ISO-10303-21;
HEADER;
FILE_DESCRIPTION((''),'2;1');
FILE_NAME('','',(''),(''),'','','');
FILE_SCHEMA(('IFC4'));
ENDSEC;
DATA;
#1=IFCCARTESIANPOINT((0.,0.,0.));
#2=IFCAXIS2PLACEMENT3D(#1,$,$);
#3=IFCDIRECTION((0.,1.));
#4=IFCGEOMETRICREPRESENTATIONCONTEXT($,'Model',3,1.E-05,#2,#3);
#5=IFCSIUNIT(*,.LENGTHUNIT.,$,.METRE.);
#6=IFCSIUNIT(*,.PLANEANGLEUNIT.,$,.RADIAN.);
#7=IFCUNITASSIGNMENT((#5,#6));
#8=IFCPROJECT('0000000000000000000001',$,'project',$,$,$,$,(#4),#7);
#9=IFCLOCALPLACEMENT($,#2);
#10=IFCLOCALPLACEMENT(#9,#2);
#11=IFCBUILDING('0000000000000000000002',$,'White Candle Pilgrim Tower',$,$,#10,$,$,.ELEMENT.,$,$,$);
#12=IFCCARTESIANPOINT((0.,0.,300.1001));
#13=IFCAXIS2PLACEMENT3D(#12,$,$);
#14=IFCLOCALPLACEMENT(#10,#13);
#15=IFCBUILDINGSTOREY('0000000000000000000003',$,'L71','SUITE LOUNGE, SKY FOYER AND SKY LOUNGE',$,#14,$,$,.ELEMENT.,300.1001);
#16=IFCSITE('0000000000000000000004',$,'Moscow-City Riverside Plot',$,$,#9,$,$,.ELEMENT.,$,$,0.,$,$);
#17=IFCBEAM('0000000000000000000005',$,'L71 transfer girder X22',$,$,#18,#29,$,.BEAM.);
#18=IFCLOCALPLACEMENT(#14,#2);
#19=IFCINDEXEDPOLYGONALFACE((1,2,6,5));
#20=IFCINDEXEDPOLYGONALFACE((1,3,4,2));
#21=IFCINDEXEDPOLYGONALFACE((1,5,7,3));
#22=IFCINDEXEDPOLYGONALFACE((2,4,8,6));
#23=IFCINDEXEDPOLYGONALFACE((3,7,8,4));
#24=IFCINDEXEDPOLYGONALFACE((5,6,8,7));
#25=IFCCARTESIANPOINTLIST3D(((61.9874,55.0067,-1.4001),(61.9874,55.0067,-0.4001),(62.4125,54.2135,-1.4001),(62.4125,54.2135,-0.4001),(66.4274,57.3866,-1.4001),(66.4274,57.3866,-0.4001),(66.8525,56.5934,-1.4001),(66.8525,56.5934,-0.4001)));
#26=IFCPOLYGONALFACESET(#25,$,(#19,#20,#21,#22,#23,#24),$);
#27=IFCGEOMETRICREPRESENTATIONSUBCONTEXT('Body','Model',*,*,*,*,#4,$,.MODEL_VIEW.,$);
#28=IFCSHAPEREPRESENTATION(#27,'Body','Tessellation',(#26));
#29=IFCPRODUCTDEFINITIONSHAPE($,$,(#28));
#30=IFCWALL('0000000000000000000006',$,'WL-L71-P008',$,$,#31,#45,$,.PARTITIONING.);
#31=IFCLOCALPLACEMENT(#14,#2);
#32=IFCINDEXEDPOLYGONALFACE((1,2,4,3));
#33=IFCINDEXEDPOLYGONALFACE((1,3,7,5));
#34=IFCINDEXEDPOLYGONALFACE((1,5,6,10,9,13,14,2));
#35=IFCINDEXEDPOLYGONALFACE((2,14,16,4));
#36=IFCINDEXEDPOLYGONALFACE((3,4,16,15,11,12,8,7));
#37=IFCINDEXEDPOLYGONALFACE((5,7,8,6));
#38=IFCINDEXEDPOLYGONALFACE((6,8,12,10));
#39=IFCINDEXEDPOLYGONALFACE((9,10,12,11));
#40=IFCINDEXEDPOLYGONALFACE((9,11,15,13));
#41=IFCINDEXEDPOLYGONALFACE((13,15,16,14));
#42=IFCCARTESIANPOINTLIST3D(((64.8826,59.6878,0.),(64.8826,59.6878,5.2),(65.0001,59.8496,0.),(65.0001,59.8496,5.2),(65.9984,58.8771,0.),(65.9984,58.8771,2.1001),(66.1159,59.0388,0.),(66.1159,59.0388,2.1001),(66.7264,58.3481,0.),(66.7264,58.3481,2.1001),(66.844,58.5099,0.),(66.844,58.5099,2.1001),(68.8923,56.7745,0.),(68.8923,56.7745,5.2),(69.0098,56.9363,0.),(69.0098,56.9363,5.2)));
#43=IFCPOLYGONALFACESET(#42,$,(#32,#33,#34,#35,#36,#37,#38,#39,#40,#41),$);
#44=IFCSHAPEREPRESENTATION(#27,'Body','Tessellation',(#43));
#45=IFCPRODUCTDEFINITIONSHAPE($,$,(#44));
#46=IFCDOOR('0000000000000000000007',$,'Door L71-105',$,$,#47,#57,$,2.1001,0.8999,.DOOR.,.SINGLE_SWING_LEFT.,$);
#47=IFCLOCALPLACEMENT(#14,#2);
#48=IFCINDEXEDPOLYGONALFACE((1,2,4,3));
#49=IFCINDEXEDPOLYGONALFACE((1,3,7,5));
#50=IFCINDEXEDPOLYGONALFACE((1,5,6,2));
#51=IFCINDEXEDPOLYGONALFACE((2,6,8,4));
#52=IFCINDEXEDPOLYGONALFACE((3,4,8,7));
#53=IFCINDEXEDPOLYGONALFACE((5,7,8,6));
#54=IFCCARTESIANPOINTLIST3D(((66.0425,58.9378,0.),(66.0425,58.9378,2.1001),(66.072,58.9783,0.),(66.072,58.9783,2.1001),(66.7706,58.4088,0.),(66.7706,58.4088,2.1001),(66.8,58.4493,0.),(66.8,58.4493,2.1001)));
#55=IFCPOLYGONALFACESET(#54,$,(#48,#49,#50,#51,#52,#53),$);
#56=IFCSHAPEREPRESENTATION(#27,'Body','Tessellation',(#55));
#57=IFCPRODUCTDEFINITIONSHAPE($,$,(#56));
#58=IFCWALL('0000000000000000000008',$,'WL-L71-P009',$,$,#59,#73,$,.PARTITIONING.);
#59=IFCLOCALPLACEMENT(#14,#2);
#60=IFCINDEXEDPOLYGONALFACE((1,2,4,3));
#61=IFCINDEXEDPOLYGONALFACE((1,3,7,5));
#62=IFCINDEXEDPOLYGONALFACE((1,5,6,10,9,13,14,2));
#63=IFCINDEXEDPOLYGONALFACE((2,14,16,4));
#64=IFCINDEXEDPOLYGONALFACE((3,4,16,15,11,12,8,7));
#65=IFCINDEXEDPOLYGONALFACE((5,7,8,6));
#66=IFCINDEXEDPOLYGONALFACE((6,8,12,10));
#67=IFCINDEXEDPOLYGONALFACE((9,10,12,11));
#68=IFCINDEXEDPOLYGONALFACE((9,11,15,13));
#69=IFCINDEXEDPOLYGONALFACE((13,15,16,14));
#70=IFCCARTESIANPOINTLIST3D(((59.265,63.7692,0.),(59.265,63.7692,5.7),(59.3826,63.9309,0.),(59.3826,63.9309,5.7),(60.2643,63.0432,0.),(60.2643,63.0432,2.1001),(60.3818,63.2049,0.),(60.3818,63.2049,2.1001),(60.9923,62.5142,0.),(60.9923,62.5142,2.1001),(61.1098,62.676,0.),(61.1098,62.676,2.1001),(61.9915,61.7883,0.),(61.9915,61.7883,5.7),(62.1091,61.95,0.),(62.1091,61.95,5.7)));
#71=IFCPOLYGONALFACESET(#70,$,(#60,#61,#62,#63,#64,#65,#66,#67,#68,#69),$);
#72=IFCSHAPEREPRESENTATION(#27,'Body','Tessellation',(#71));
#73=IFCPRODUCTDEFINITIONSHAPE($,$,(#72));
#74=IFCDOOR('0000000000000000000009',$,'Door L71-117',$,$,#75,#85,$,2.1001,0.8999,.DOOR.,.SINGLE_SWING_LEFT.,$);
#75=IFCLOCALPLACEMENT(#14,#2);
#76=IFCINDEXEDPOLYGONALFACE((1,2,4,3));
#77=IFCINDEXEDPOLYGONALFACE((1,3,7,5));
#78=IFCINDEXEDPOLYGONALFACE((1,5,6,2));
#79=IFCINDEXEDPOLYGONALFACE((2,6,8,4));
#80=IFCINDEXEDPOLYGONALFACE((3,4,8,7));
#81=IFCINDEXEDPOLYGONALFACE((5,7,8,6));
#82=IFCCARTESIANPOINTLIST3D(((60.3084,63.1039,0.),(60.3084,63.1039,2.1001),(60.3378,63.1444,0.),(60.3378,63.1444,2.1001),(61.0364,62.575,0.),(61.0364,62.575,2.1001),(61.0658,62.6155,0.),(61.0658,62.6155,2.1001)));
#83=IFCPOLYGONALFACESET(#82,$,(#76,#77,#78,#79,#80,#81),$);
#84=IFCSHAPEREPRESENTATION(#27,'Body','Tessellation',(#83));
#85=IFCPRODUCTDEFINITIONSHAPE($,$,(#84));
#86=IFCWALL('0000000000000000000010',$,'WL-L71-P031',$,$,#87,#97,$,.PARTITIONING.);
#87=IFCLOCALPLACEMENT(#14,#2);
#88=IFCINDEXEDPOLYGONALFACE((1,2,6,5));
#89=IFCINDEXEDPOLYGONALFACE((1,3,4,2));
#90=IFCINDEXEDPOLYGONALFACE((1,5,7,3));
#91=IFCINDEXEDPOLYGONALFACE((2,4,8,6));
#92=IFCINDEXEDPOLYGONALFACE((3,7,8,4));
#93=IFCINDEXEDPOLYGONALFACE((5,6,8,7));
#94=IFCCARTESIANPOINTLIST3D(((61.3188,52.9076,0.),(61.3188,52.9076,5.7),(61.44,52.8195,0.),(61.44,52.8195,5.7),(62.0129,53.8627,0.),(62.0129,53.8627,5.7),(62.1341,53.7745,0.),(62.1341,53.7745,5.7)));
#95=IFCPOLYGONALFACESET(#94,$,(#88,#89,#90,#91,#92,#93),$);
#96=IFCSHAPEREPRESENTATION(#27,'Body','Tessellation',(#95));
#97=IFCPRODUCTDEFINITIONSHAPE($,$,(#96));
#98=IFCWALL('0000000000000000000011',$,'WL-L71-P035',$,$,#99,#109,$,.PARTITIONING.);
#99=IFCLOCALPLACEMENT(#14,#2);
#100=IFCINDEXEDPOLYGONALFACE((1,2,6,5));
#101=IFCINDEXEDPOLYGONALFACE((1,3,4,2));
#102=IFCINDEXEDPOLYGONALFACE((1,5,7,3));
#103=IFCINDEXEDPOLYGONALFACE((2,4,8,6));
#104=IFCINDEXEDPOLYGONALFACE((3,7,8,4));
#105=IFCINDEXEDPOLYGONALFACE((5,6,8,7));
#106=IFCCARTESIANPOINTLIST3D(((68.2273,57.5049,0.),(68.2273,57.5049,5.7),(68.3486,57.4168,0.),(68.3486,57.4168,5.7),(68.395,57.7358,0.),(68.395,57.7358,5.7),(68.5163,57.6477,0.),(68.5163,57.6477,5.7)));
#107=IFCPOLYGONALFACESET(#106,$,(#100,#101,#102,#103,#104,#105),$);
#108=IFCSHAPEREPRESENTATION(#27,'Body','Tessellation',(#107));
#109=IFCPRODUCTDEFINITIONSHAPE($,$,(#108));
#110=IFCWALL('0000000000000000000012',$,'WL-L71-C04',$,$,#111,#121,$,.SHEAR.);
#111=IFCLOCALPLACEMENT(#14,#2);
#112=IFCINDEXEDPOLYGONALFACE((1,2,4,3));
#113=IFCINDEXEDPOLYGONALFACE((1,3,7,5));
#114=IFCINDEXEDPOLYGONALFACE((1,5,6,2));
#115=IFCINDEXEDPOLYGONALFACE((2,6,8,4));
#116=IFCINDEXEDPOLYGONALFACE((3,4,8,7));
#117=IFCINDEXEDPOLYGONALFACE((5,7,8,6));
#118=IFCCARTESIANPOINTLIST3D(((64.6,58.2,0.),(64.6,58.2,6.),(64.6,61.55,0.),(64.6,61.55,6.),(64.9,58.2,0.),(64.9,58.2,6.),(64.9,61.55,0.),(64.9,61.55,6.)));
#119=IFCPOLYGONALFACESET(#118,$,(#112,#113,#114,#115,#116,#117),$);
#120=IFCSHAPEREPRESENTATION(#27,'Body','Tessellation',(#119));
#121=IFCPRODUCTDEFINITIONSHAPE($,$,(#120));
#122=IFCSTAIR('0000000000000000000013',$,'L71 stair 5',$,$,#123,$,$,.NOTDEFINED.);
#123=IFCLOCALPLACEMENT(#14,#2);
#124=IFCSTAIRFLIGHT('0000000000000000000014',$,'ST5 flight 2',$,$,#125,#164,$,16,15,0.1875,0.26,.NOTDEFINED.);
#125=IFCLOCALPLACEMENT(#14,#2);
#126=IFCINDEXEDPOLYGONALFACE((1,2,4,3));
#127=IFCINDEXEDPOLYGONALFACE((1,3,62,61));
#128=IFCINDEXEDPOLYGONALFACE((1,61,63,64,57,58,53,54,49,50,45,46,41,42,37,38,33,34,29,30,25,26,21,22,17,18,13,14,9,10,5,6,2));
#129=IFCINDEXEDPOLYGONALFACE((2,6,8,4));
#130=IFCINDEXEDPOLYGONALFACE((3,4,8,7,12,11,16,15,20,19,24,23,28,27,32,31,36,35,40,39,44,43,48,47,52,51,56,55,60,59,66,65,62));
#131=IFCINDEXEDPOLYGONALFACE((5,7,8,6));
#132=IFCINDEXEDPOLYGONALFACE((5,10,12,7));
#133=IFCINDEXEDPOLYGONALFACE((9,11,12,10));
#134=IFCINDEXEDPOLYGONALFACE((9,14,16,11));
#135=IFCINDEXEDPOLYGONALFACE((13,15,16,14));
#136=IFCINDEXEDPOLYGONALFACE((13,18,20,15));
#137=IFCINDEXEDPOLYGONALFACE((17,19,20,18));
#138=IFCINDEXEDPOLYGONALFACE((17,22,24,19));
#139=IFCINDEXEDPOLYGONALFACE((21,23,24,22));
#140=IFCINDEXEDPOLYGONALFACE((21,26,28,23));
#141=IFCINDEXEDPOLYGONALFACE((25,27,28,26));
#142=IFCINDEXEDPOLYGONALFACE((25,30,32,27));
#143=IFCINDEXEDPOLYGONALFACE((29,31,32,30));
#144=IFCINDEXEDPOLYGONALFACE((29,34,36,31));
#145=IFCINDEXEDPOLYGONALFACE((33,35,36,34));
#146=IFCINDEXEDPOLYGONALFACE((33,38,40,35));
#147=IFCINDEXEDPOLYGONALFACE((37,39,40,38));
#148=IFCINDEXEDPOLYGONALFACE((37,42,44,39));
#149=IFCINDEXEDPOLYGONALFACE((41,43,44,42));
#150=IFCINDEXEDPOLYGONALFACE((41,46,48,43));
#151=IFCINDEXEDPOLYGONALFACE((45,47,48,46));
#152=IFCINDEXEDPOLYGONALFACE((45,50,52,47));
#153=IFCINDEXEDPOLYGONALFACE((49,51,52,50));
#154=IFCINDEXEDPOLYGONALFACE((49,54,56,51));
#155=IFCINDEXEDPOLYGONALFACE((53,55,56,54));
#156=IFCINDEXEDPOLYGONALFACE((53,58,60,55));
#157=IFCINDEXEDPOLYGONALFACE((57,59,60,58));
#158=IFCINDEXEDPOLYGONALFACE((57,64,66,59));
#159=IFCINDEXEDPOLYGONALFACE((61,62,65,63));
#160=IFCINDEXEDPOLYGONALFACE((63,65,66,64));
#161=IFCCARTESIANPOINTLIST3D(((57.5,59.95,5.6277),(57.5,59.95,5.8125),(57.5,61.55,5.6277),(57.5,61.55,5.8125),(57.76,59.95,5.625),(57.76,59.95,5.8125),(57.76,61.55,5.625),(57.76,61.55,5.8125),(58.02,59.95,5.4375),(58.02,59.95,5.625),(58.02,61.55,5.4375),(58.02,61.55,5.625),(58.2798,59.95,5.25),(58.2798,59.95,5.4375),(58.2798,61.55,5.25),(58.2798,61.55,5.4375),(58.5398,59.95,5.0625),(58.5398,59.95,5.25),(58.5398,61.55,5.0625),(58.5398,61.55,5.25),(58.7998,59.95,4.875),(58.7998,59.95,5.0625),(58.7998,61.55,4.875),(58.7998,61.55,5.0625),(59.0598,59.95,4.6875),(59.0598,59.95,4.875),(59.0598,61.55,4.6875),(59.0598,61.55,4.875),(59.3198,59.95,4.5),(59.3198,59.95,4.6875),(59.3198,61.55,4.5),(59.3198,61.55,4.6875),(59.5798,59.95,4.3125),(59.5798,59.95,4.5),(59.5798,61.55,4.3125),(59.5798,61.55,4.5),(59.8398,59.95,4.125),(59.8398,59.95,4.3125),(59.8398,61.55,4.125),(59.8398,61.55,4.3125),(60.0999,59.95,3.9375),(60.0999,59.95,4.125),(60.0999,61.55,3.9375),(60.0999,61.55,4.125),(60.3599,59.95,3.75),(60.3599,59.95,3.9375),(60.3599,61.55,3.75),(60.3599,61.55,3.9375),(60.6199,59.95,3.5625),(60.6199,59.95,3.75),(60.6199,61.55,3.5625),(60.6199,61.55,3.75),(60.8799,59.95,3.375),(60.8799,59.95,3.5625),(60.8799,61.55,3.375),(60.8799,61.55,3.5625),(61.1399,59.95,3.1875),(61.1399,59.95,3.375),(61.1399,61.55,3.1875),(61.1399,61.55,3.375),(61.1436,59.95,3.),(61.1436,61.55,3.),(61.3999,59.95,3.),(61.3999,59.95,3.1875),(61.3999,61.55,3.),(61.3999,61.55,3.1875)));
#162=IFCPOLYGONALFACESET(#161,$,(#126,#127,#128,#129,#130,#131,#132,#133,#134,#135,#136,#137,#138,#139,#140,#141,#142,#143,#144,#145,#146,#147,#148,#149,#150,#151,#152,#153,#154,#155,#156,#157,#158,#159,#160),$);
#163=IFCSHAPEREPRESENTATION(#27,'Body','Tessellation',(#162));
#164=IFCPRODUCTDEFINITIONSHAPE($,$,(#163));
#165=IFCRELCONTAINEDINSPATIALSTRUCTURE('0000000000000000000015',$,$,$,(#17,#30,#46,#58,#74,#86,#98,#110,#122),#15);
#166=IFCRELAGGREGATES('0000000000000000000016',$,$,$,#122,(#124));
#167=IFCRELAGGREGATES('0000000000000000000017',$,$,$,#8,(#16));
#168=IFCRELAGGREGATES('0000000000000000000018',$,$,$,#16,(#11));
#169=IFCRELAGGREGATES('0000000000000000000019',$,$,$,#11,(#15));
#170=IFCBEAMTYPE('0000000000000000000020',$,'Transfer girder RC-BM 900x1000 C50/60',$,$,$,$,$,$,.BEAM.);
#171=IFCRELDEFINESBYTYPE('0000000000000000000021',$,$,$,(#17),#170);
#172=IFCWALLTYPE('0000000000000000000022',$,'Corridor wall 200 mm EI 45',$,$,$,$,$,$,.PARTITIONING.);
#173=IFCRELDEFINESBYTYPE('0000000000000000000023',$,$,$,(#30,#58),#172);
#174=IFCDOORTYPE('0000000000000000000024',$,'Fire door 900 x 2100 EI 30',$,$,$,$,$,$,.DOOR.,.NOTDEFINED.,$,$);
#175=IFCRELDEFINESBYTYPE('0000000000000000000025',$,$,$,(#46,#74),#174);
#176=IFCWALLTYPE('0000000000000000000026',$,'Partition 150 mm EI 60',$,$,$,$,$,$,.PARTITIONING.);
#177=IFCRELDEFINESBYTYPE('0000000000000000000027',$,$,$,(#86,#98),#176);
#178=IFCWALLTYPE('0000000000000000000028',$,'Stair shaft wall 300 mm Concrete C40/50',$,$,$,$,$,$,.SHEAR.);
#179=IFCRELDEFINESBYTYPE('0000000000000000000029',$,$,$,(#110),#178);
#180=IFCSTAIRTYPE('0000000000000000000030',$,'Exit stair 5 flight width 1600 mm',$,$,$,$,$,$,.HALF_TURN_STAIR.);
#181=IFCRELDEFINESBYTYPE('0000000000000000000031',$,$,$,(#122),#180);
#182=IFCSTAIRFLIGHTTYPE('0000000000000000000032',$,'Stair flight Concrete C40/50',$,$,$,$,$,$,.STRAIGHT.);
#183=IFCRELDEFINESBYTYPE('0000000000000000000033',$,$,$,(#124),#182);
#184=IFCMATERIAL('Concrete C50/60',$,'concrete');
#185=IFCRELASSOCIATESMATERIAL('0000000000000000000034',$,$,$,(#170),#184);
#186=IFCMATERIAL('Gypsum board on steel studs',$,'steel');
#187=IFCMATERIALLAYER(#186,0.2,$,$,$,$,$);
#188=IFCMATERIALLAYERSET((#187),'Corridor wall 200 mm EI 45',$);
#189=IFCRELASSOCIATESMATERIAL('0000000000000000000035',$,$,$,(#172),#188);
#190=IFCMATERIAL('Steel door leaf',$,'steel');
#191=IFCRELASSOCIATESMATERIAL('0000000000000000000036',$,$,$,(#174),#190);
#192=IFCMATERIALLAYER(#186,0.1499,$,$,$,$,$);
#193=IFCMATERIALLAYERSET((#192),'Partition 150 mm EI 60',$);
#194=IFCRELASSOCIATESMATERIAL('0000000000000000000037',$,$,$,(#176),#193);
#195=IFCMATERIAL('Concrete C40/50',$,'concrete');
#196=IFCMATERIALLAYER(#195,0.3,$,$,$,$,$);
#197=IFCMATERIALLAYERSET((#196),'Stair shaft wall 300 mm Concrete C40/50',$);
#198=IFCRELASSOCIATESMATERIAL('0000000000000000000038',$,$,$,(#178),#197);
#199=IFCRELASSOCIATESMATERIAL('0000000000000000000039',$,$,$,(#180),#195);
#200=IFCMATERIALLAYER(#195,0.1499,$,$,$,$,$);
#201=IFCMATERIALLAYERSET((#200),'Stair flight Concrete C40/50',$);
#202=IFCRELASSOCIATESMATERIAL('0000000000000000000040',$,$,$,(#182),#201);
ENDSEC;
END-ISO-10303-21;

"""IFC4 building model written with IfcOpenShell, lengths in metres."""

from ifc_helpers import new_model, si_unit, direction, frame, frame_2d, origin, origin_2d, place, context, subcontext, project, spatial, polyline, rectangle, outline, extrude, material, layer, layer_set, material_profile, profile_set, type_object, element, fill, aggregate, save


model = new_model("IFC4")

# Units and contexts
model_context = context("Model", 3, precision=1e-05, world=origin(), true_north=direction((0.0, 1.0)))
body_context = subcontext(model_context, "Body", "Model", "MODEL_VIEW")
ifc_project = project(units=[si_unit("LENGTHUNIT", "METRE"), si_unit("PLANEANGLEUNIT", "RADIAN")], contexts=[model_context])

# Site, building, storey
site_placement = place(None, origin())
site = spatial("IfcSite", under=ifc_project, at=site_placement, Name="Moscow-City Riverside Plot", CompositionType="ELEMENT", RefElevation=0.0)
building_placement = place(site_placement, origin())
building = spatial("IfcBuilding", under=site, at=building_placement, Name="White Candle Pilgrim Tower", CompositionType="ELEMENT")
storey_placement = place(building_placement, frame((0.0, 0.0, 300.1001)))
storey = spatial("IfcBuildingStorey", under=building, at=storey_placement, Name="L71", Description="SUITE LOUNGE, SKY FOYER AND SKY LOUNGE", CompositionType="ELEMENT", Elevation=300.1001)

# Beam
ifc_material_1 = material(Name="Concrete C50/60", Category="concrete")
ifc_material_profile_1 = material_profile(ifc_material_1, rectangle(XDim=0.8999, YDim=1.0, at=origin_2d()), Name="RC-BM 900x1000")
ifc_profile_set_1 = profile_set([ifc_material_profile_1], Name="Concrete C50/60")
beam_type_1 = type_object("IfcBeamType", Name="Transfer girder RC-BM 900x1000 C50/60", PredefinedType="BEAM", material=ifc_profile_set_1)
beam_1_placement = place(storey_placement, frame((62.2, 54.6101, -0.9001), z_axis=(0.881369, 0.472429, 0.0), x_axis=(-0.472429, 0.881369, 0.0)))
element("IfcBeam", 1, at=beam_1_placement, inside=storey, type_object=beam_type_1, Name="L71 transfer girder X22", PredefinedType="BEAM", context=body_context, shape_type="SweptSolid", body=[
    extrude(rectangle(XDim=0.8999, YDim=1.0, at=origin_2d()), origin(), (0.0, 0.0, 1.0), 5.0376),
])

# Walls, openings, doors
ifc_material_2 = material(Name="Gypsum board on steel studs", Category="steel")
ifc_layer_1 = layer(ifc_material_2, 0.2)
ifc_layer_set_1 = layer_set([ifc_layer_1], Name="Corridor wall 200 mm EI 45")
wall_type_1 = type_object("IfcWallType", Name="Corridor wall 200 mm EI 45", PredefinedType="PARTITIONING", material=ifc_layer_set_1)
wall_1_placement = place(storey_placement, frame((68.9509, 56.8555, 0.0), z_axis=(0.0, 0.0, 1.0), x_axis=(-0.809011, 0.587794, 0.0)))
wall_1 = element("IfcWall", 2, at=wall_1_placement, inside=storey, type_object=wall_type_1, Name="WL-L71-P008", PredefinedType="PARTITIONING", context=body_context, shape_type="SweptSolid", body=[
    extrude(rectangle(XDim=4.9563, YDim=0.2, at=frame_2d((2.478, 0.0))), origin(), (0.0, 0.0, 1.0), 5.2),
])
opening_1_placement = place(wall_1_placement, frame((2.677, 0.0, 0.0)))
opening_1 = element("IfcOpeningElement", 3, at=opening_1_placement, cuts=wall_1, PredefinedType="OPENING", context=body_context, shape_type="SweptSolid", body=[
    extrude(rectangle(XDim=0.8999, YDim=2.1001, at=frame_2d((0.45, 1.05))), frame((0.0, 0.1099, 0.0), z_axis=(0.0, -1.0, 0.0), x_axis=(1.0, 0.0, 0.0)), (0.0, 0.0, 1.0), 0.22),
])
ifc_material_3 = material(Name="Steel door leaf", Category="steel")
door_type = type_object("IfcDoorType", Name="Fire door 900 x 2100 EI 30", OperationType="NOTDEFINED", PredefinedType="DOOR", material=ifc_material_3)
door_1_placement = place(opening_1_placement, origin())
door_1 = element("IfcDoor", 4, at=door_1_placement, inside=storey, type_object=door_type, Name="Door L71-105", OperationType="SINGLE_SWING_LEFT", OverallHeight=2.1001, OverallWidth=0.8999, PredefinedType="DOOR", context=body_context, shape_type="SweptSolid", body=[
    extrude(rectangle(XDim=0.8999, YDim=2.1001, at=frame_2d((0.45, 1.05))), frame((0.0, 0.0249, 0.0), z_axis=(0.0, -1.0, 0.0), x_axis=(1.0, 0.0, 0.0)), (0.0, 0.0, 1.0), 0.05),
])
fill(opening_1, door_1)
wall_2_placement = place(storey_placement, frame((62.0503, 61.8691, 0.0), z_axis=(0.0, 0.0, 1.0), x_axis=(-0.809018, 0.587784, 0.0)))
wall_2 = element("IfcWall", 5, at=wall_2_placement, inside=storey, type_object=wall_type_1, Name="WL-L71-P009", PredefinedType="PARTITIONING", context=body_context, shape_type="SweptSolid", body=[
    extrude(rectangle(XDim=3.3701, YDim=0.2, at=frame_2d((1.6851, 0.0))), origin(), (0.0, 0.0, 1.0), 5.7),
])
opening_2_placement = place(wall_2_placement, frame((1.2351, 0.0, 0.0)))
opening_2 = element("IfcOpeningElement", 6, at=opening_2_placement, cuts=wall_2, PredefinedType="OPENING", context=body_context, shape_type="SweptSolid", body=[
    extrude(rectangle(XDim=0.8999, YDim=2.1001, at=frame_2d((0.45, 1.05))), frame((0.0, 0.1099, 0.0), z_axis=(0.0, -1.0, 0.0), x_axis=(1.0, 0.0, 0.0)), (0.0, 0.0, 1.0), 0.22),
])
door_2_placement = place(opening_2_placement, origin())
door_2 = element("IfcDoor", 7, at=door_2_placement, inside=storey, type_object=door_type, Name="Door L71-117", OperationType="SINGLE_SWING_LEFT", OverallHeight=2.1001, OverallWidth=0.8999, PredefinedType="DOOR", context=body_context, shape_type="SweptSolid", body=[
    extrude(rectangle(XDim=0.8999, YDim=2.1001, at=frame_2d((0.45, 1.05))), frame((0.0, 0.0249, 0.0), z_axis=(0.0, -1.0, 0.0), x_axis=(1.0, 0.0, 0.0)), (0.0, 0.0, 1.0), 0.05),
])
fill(opening_2, door_2)

# Walls
ifc_layer_2 = layer(ifc_material_2, 0.1499)
ifc_layer_set_2 = layer_set([ifc_layer_2], Name="Partition 150 mm EI 60")
wall_type_2 = type_object("IfcWallType", Name="Partition 150 mm EI 60", PredefinedType="PARTITIONING", material=ifc_layer_set_2)
wall_3_placement = place(storey_placement, frame((62.0735, 53.8186, 0.0), z_axis=(0.0, 0.0, 1.0), x_axis=(-0.587889, -0.808942, 0.0)))
element("IfcWall", 8, at=wall_3_placement, inside=storey, type_object=wall_type_2, Name="WL-L71-P031", PredefinedType="PARTITIONING", context=body_context, shape_type="SweptSolid", body=[
    extrude(rectangle(XDim=1.1807, YDim=0.1499, at=frame_2d((0.5903, 0.0))), origin(), (0.0, 0.0, 1.0), 5.7),
])
wall_4_placement = place(storey_placement, frame((68.4556, 57.6917, 0.0), z_axis=(0.0, 0.0, 1.0), x_axis=(-0.587612, -0.809143, 0.0)))
element("IfcWall", 9, at=wall_4_placement, inside=storey, type_object=wall_type_2, Name="WL-L71-P035", PredefinedType="PARTITIONING", context=body_context, shape_type="SweptSolid", body=[
    extrude(rectangle(XDim=0.2854, YDim=0.1499, at=frame_2d((0.1426, 0.0))), origin(), (0.0, 0.0, 1.0), 5.7),
])
ifc_material_4 = material(Name="Concrete C40/50", Category="concrete")
ifc_layer_3 = layer(ifc_material_4, 0.3)
ifc_layer_set_3 = layer_set([ifc_layer_3], Name="Stair shaft wall 300 mm Concrete C40/50")
wall_type_3 = type_object("IfcWallType", Name="Stair shaft wall 300 mm Concrete C40/50", PredefinedType="SHEAR", material=ifc_layer_set_3)
wall_5_placement = place(storey_placement, frame((64.75, 58.2, 0.0), z_axis=(0.0, 0.0, 1.0), x_axis=(0.0, 1.0, 0.0)))
element("IfcWall", 10, at=wall_5_placement, inside=storey, type_object=wall_type_3, Name="WL-L71-C04", PredefinedType="SHEAR", context=body_context, shape_type="SweptSolid", body=[
    extrude(rectangle(XDim=3.3501, YDim=0.3, at=frame_2d((1.675, 0.0))), origin(), (0.0, 0.0, 1.0), 6.0),
])

# Stair, stair flight
stair_type = type_object("IfcStairType", Name="Exit stair 5 flight width 1600 mm", PredefinedType="HALF_TURN_STAIR", material=ifc_material_4)
stair_placement = place(storey_placement, origin())
stair = element("IfcStair", 11, at=stair_placement, inside=storey, type_object=stair_type, Name="L71 stair 5", PredefinedType="NOTDEFINED")
ifc_layer_4 = layer(ifc_material_4, 0.1499)
ifc_layer_set_4 = layer_set([ifc_layer_4], Name="Stair flight Concrete C40/50")
stair_flight_type = type_object("IfcStairFlightType", Name="Stair flight Concrete C40/50", PredefinedType="STRAIGHT", material=ifc_layer_set_4)
stair_flight_placement = place(storey_placement, frame((61.3999, 60.75, 3.0), z_axis=(0.0, 0.0, 1.0), x_axis=(-1.0, 0.0, 0.0)))
stair_flight = element("IfcStairFlight", 12, at=stair_flight_placement, type_object=stair_flight_type, Name="ST5 flight 2", NumberOfRisers=16, NumberOfTreads=15, PredefinedType="NOTDEFINED", RiserHeight=0.1875, TreadLength=0.26, context=body_context, shape_type="SweptSolid", body=[
    extrude(outline(polyline([(0.0, 0.0), (0.0, 0.1875), (0.26, 0.1875), (0.26, 0.375), (0.52, 0.375), (0.52, 0.5625), (0.78, 0.5625), (0.78, 0.75), (1.04, 0.75), (1.04, 0.9375), (1.3, 0.9375), (1.3, 1.125), (1.5601, 1.125), (1.5601, 1.3125), (1.8201, 1.3125), (1.8201, 1.5), (2.0801, 1.5), (2.0801, 1.6875), (2.3401, 1.6875), (2.3401, 1.875), (2.6001, 1.875), (2.6001, 2.0625), (2.8601, 2.0625), (2.8601, 2.25), (3.1201, 2.25), (3.1201, 2.4375), (3.3799, 2.4375), (3.3799, 2.625), (3.6399, 2.625), (3.6399, 2.8125), (3.8999, 2.8125), (3.8999, 3.0), (3.8999, 2.6277), (0.2563, 0.0), (0.0, 0.0)])), frame((0.0, 0.8, 0.0), z_axis=(0.0, -1.0, 0.0), x_axis=(1.0, 0.0, 0.0)), (0.0, 0.0, 1.0), 1.6001),
])
aggregate(stair, [stair_flight])

save(model, "model.ifc")
